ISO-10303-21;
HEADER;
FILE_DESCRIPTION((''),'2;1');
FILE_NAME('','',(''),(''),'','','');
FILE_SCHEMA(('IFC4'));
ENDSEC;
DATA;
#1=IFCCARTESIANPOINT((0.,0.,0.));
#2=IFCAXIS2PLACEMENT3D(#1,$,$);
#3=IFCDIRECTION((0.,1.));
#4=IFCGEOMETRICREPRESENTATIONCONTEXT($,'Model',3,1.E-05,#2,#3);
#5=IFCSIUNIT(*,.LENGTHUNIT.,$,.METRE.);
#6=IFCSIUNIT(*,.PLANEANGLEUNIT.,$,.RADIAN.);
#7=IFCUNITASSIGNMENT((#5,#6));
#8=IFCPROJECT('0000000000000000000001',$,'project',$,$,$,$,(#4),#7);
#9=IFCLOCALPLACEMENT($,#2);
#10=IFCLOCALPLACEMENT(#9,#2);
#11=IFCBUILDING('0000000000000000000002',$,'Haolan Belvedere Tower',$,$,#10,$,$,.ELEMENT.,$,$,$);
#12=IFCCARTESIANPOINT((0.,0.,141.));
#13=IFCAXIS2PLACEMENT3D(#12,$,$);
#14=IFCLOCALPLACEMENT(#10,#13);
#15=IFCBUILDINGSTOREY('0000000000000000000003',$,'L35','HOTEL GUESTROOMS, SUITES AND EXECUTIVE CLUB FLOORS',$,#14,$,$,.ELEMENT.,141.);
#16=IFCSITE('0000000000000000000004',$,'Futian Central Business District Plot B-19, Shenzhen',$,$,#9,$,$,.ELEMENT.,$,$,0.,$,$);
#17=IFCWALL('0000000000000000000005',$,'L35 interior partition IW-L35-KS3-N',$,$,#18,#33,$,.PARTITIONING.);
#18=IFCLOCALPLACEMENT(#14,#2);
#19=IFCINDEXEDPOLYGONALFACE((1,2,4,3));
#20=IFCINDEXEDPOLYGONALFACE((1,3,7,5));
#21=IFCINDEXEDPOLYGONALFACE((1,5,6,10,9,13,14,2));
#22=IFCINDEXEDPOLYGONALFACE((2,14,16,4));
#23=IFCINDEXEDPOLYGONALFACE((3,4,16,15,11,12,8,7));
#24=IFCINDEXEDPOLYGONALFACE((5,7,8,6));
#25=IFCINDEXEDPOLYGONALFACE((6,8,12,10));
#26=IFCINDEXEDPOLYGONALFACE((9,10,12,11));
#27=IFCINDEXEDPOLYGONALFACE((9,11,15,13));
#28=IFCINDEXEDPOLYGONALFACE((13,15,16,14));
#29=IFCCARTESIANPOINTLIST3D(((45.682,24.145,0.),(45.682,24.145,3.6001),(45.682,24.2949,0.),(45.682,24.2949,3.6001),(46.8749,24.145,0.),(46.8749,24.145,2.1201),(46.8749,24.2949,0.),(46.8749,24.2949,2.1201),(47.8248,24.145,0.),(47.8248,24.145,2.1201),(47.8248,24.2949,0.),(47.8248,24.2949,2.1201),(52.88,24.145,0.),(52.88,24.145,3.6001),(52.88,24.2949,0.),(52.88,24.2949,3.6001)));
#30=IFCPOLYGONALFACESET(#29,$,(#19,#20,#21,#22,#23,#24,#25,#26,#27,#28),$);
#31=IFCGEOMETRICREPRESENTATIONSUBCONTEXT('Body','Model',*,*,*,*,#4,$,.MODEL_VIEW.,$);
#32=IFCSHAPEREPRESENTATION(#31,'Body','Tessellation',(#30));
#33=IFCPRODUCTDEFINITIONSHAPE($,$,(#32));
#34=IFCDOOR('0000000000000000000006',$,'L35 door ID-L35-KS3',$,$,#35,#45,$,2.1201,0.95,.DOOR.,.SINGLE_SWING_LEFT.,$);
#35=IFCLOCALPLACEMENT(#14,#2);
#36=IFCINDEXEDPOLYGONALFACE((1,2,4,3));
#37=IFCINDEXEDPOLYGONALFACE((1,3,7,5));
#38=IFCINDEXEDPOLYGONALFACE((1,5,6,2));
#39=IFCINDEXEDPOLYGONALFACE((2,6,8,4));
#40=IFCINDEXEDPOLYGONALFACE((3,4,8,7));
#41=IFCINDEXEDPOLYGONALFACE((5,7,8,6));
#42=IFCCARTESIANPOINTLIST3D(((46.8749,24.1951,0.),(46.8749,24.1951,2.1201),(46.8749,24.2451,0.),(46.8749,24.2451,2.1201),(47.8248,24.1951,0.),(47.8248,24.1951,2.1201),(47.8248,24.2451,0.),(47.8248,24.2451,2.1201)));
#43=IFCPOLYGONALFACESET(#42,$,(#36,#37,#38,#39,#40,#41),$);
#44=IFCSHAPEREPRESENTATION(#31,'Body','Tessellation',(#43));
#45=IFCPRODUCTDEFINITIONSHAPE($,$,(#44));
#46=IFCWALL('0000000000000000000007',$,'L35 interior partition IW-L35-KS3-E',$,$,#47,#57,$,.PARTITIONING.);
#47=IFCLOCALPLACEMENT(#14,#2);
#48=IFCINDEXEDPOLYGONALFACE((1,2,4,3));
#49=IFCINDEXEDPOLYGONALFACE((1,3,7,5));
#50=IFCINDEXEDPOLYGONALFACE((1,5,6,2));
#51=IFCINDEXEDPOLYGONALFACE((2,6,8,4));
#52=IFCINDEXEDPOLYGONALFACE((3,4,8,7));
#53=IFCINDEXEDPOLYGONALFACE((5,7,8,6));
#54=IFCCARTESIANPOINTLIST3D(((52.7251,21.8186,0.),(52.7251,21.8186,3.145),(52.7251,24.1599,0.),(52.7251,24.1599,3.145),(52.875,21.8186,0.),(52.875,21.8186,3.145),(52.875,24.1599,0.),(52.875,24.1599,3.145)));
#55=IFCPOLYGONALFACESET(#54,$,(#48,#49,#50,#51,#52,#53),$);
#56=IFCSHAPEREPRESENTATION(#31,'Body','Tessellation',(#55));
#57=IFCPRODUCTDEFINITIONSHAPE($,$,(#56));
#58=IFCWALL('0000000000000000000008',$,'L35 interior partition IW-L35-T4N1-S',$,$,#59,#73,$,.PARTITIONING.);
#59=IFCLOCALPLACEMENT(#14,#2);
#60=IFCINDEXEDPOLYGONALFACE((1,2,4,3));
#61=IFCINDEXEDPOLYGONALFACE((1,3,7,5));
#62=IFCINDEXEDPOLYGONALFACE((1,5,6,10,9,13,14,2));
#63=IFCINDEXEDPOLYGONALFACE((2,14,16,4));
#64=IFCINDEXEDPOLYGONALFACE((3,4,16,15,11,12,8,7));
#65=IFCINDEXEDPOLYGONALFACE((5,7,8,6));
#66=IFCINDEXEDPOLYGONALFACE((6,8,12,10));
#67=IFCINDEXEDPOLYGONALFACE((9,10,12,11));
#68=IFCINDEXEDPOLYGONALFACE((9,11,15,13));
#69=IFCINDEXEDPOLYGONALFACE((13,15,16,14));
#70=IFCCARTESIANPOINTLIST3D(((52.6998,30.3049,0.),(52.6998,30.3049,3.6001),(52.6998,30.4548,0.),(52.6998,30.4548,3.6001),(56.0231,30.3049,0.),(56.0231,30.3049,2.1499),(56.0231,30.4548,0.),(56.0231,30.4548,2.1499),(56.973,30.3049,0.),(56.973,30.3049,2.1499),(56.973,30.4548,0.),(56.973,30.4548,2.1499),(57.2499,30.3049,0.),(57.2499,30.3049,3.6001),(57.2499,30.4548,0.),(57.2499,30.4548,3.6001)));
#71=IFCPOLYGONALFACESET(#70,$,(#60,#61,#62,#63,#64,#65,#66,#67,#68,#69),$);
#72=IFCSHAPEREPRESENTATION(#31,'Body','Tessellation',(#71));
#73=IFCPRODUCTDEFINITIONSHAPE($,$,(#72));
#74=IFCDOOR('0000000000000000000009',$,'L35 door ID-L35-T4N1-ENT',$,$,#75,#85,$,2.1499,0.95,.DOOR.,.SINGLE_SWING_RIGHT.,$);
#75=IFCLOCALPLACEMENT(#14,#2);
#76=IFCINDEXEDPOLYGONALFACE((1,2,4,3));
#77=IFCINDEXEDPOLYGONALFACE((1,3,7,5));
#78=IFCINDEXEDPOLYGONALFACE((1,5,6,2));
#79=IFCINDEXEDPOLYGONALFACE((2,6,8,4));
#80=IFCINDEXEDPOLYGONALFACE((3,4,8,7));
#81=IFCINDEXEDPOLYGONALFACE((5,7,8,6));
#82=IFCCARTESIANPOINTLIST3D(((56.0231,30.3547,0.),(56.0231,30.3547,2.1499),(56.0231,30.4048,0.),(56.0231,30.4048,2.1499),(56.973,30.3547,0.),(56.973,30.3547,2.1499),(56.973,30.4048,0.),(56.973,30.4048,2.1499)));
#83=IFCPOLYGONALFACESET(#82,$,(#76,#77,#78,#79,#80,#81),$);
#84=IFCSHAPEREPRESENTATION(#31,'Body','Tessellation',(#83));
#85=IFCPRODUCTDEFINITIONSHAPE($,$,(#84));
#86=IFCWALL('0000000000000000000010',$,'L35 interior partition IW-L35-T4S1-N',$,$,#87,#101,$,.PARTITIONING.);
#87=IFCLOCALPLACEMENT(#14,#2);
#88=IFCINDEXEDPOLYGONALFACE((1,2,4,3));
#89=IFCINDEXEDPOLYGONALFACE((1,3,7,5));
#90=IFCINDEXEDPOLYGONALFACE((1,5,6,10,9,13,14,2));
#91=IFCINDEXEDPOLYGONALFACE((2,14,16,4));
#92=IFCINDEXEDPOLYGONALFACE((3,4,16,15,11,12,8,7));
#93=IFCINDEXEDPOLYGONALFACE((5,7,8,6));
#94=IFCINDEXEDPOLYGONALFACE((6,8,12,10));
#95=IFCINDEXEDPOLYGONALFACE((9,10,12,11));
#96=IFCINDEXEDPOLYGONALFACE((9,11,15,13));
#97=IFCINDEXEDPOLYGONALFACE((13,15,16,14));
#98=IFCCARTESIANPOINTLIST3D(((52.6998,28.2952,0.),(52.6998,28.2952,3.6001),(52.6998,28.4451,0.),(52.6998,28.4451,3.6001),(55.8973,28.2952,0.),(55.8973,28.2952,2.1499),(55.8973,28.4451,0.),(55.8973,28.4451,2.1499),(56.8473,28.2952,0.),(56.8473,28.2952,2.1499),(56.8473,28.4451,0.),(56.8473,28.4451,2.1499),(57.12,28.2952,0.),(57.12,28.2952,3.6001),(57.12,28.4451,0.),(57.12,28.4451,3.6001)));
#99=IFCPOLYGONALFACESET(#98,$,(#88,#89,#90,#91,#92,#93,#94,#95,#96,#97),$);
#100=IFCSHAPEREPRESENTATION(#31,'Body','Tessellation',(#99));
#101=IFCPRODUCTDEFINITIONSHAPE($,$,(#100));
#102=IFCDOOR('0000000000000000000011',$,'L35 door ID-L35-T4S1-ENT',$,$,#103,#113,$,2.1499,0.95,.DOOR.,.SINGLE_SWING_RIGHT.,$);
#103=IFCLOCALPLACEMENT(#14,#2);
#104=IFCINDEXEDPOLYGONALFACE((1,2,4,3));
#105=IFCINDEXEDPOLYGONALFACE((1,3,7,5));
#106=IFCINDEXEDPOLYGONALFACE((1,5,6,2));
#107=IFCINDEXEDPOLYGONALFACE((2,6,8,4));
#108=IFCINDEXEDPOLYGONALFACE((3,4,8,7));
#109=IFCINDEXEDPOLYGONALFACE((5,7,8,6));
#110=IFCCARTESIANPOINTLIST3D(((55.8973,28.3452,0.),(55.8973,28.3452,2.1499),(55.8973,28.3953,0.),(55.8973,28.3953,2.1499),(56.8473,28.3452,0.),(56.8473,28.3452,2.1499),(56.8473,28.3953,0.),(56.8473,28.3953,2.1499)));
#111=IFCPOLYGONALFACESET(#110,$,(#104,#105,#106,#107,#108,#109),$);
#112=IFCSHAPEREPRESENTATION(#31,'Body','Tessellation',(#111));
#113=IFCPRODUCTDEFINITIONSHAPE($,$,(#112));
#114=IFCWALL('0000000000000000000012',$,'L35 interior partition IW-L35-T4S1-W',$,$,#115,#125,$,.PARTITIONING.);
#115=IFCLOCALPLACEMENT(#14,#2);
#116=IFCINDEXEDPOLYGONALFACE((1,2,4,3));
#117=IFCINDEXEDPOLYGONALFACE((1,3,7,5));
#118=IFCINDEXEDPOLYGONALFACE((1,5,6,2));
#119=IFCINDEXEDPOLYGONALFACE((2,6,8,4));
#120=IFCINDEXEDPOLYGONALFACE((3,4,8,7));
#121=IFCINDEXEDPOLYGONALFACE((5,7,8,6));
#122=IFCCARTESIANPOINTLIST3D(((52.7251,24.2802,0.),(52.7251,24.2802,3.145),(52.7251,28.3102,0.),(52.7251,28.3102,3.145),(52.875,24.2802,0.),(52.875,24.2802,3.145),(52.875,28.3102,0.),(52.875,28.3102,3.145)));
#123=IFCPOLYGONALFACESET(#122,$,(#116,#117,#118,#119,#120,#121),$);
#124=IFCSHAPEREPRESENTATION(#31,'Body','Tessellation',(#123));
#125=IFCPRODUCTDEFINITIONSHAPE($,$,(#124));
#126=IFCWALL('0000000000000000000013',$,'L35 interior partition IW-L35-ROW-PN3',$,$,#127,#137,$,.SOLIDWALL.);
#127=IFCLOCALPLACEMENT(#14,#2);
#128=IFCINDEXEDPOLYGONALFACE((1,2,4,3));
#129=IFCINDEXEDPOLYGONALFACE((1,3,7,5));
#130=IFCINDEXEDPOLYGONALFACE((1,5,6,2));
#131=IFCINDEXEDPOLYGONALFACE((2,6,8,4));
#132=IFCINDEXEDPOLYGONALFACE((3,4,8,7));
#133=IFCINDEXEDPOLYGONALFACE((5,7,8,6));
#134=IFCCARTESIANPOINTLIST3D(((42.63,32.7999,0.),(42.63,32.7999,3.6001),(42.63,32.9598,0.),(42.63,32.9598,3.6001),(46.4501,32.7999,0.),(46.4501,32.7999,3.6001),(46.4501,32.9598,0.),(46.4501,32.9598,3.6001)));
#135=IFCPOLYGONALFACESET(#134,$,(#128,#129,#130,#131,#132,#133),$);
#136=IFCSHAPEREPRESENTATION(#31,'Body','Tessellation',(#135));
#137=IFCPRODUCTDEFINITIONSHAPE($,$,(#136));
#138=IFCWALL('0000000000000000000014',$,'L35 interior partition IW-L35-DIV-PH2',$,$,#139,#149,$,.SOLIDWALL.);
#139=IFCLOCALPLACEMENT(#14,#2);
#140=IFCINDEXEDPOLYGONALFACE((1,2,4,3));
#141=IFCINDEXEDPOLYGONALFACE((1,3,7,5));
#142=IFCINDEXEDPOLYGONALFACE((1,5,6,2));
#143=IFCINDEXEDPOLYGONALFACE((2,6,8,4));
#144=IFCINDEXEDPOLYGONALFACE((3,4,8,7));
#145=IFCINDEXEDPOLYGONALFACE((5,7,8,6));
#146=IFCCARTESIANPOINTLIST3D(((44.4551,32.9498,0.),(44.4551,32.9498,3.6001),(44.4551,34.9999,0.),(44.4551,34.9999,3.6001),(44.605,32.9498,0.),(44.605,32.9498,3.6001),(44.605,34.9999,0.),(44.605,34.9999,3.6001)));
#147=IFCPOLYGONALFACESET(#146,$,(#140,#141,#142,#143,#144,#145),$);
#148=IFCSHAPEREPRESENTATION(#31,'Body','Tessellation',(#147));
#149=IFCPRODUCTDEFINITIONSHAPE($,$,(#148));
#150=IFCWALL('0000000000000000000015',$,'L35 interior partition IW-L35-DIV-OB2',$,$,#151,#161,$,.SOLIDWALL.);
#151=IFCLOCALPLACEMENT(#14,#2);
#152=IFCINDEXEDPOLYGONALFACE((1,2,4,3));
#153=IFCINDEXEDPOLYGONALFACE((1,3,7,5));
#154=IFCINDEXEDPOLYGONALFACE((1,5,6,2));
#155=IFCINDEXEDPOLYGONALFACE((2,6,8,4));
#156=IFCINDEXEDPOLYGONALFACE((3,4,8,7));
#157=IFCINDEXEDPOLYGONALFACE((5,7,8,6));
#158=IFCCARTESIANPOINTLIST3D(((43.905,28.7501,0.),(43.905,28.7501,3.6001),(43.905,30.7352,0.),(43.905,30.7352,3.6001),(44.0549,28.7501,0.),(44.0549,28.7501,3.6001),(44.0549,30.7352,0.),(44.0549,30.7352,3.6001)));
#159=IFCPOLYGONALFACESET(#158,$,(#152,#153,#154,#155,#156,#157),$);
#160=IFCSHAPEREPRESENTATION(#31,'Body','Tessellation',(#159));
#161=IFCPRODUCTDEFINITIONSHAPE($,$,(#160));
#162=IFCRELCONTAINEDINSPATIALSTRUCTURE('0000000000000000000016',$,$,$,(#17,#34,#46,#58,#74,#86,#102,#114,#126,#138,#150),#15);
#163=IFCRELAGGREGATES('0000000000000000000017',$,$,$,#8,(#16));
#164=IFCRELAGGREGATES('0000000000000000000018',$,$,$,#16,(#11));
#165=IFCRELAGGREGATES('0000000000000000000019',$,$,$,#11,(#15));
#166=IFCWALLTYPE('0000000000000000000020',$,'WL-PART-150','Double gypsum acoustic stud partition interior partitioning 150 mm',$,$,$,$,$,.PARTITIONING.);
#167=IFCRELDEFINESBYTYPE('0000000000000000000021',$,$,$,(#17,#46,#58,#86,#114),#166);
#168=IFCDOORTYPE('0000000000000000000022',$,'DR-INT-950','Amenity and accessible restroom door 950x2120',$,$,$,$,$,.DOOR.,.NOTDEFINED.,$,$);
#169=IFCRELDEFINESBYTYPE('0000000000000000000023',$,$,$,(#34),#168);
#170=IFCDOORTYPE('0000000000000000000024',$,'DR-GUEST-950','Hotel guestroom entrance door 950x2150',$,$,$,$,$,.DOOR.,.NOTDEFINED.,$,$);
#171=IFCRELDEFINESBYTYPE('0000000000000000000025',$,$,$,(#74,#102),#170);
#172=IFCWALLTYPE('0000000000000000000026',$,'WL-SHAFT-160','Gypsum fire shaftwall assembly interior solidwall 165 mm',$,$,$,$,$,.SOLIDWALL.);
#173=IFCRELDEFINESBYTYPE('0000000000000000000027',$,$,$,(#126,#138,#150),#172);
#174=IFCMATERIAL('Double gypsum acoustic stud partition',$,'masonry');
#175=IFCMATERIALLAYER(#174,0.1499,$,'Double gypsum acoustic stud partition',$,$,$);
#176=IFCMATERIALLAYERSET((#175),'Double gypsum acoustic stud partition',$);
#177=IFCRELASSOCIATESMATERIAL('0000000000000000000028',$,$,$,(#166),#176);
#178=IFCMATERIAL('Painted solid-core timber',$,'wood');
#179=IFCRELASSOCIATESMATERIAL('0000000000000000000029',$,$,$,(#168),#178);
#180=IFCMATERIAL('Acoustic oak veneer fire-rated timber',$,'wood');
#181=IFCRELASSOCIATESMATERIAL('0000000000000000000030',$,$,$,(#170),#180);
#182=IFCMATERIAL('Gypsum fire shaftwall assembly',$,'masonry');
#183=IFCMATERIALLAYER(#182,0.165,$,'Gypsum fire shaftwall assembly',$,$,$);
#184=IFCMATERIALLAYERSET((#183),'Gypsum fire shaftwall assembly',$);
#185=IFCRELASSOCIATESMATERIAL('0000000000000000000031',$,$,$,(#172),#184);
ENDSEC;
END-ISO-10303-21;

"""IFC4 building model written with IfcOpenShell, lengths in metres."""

from ifc_helpers import new_model, si_unit, direction, frame, frame_2d, origin, place, context, subcontext, project, spatial, rectangle, extrude, material, layer, layer_set, type_object, element, fill, save


model = new_model("IFC4")

# Units and contexts
model_context = context("Model", 3, precision=1e-05, world=origin(), true_north=direction((0.0, 1.0)))
body_context = subcontext(model_context, "Body", "Model", "MODEL_VIEW")
ifc_project = project(units=[si_unit("LENGTHUNIT", "METRE"), si_unit("PLANEANGLEUNIT", "RADIAN")], contexts=[model_context])

# Site, building, storey
site_placement = place(None, origin())
site = spatial("IfcSite", under=ifc_project, at=site_placement, Name="Futian Central Business District Plot B-19, Shenzhen", CompositionType="ELEMENT", RefElevation=0.0)
building_placement = place(site_placement, origin())
building = spatial("IfcBuilding", under=site, at=building_placement, Name="Haolan Belvedere Tower", CompositionType="ELEMENT")
storey_placement = place(building_placement, frame((0.0, 0.0, 141.0)))
storey = spatial("IfcBuildingStorey", under=building, at=storey_placement, Name="L35", Description="HOTEL GUESTROOMS, SUITES AND EXECUTIVE CLUB FLOORS", CompositionType="ELEMENT", Elevation=141.0)

# Shared definitions
ifc_material_1 = material(Name="Double gypsum acoustic stud partition", Category="masonry")
ifc_layer_1 = layer(ifc_material_1, 0.1499, Name="Double gypsum acoustic stud partition")
ifc_layer_set_1 = layer_set([ifc_layer_1], Name="Double gypsum acoustic stud partition")
wall_type_1 = type_object("IfcWallType", Name="WL-PART-150", Description="Double gypsum acoustic stud partition interior partitioning 150 mm", PredefinedType="PARTITIONING", material=ifc_layer_set_1)

# Wall, opening, door
wall_1_placement = place(storey_placement, frame((45.6819, 24.22, 0.0), z_axis=(0.0, 0.0, 1.0), x_axis=(1.0, 0.0, 0.0)))
wall_1 = element("IfcWall", 1, at=wall_1_placement, inside=storey, type_object=wall_type_1, Name="L35 interior partition IW-L35-KS3-N", PredefinedType="PARTITIONING", context=body_context, shape_type="SweptSolid", body=[
    extrude(rectangle(XDim=7.198, YDim=0.1499, at=frame_2d((3.5991, 0.0))), origin(), (0.0, 0.0, 1.0), 3.6001),
])
opening_1_placement = place(wall_1_placement, frame((2.1431, 0.0, 0.0), z_axis=(0.0, 0.0, 1.0), x_axis=(-1.0, 0.0, 0.0)))
opening_1 = element("IfcOpeningElement", 2, at=opening_1_placement, cuts=wall_1, PredefinedType="OPENING", context=body_context, shape_type="SweptSolid", body=[
    extrude(rectangle(XDim=0.95, YDim=2.1201, at=frame_2d((0.4751, 1.0601))), frame((0.0, 0.085, 0.0), z_axis=(0.0, -1.0, 0.0), x_axis=(1.0, 0.0, 0.0)), (0.0, 0.0, 1.0), 0.1699),
])
ifc_material_2 = material(Name="Painted solid-core timber", Category="wood")
door_type_1 = type_object("IfcDoorType", Name="DR-INT-950", Description="Amenity and accessible restroom door 950x2120", OperationType="NOTDEFINED", PredefinedType="DOOR", material=ifc_material_2)
door_1_placement = place(opening_1_placement, origin())
door_1 = element("IfcDoor", 3, at=door_1_placement, inside=storey, type_object=door_type_1, Name="L35 door ID-L35-KS3", OperationType="SINGLE_SWING_LEFT", OverallHeight=2.1201, OverallWidth=0.95, PredefinedType="DOOR", context=body_context, shape_type="SweptSolid", body=[
    extrude(rectangle(XDim=0.95, YDim=2.1201, at=frame_2d((0.4751, 1.0601))), frame((0.0, 0.0249, 0.0), z_axis=(0.0, -1.0, 0.0), x_axis=(1.0, 0.0, 0.0)), (0.0, 0.0, 1.0), 0.05),
])
fill(opening_1, door_1)

# Wall
wall_2_placement = place(storey_placement, frame((52.8, 21.8186, 0.0), z_axis=(0.0, 0.0, 1.0), x_axis=(0.0, 1.0, 0.0)))
element("IfcWall", 4, at=wall_2_placement, inside=storey, type_object=wall_type_1, Name="L35 interior partition IW-L35-KS3-E", PredefinedType="PARTITIONING", context=body_context, shape_type="SweptSolid", body=[
    extrude(rectangle(XDim=2.3413, YDim=0.1499, at=frame_2d((1.1707, 0.0))), origin(), (0.0, 0.0, 1.0), 3.145),
])

# Walls, openings, doors
wall_3_placement = place(storey_placement, frame((52.7, 30.3799, 0.0), z_axis=(0.0, 0.0, 1.0), x_axis=(1.0, 0.0, 0.0)))
wall_3 = element("IfcWall", 5, at=wall_3_placement, inside=storey, type_object=wall_type_1, Name="L35 interior partition IW-L35-T4N1-S", PredefinedType="PARTITIONING", context=body_context, shape_type="SweptSolid", body=[
    extrude(rectangle(XDim=4.55, YDim=0.1499, at=frame_2d((2.2749, 0.0))), origin(), (0.0, 0.0, 1.0), 3.6001),
])
opening_2_placement = place(wall_3_placement, frame((3.323, 0.0, 0.0)))
opening_2 = element("IfcOpeningElement", 6, at=opening_2_placement, cuts=wall_3, PredefinedType="OPENING", context=body_context, shape_type="SweptSolid", body=[
    extrude(rectangle(XDim=0.95, YDim=2.1499, at=frame_2d((0.4751, 1.075))), frame((0.0, 0.085, 0.0), z_axis=(0.0, -1.0, 0.0), x_axis=(1.0, 0.0, 0.0)), (0.0, 0.0, 1.0), 0.1699),
])
ifc_material_3 = material(Name="Acoustic oak veneer fire-rated timber", Category="wood")
door_type_2 = type_object("IfcDoorType", Name="DR-GUEST-950", Description="Hotel guestroom entrance door 950x2150", OperationType="NOTDEFINED", PredefinedType="DOOR", material=ifc_material_3)
door_2_placement = place(opening_2_placement, origin())
door_2 = element("IfcDoor", 7, at=door_2_placement, inside=storey, type_object=door_type_2, Name="L35 door ID-L35-T4N1-ENT", OperationType="SINGLE_SWING_RIGHT", OverallHeight=2.1499, OverallWidth=0.95, PredefinedType="DOOR", context=body_context, shape_type="SweptSolid", body=[
    extrude(rectangle(XDim=0.95, YDim=2.1499, at=frame_2d((0.4751, 1.075))), frame((0.0, 0.0249, 0.0), z_axis=(0.0, -1.0, 0.0), x_axis=(1.0, 0.0, 0.0)), (0.0, 0.0, 1.0), 0.05),
])
fill(opening_2, door_2)
wall_4_placement = place(storey_placement, frame((52.7, 28.3701, 0.0), z_axis=(0.0, 0.0, 1.0), x_axis=(1.0, 0.0, 0.0)))
wall_4 = element("IfcWall", 8, at=wall_4_placement, inside=storey, type_object=wall_type_1, Name="L35 interior partition IW-L35-T4S1-N", PredefinedType="PARTITIONING", context=body_context, shape_type="SweptSolid", body=[
    extrude(rectangle(XDim=4.4202, YDim=0.1499, at=frame_2d((2.21, 0.0))), origin(), (0.0, 0.0, 1.0), 3.6001),
])
opening_3_placement = place(wall_4_placement, frame((4.1475, 0.0, 0.0), z_axis=(0.0, 0.0, 1.0), x_axis=(-1.0, 0.0, 0.0)))
opening_3 = element("IfcOpeningElement", 9, at=opening_3_placement, cuts=wall_4, PredefinedType="OPENING", context=body_context, shape_type="SweptSolid", body=[
    extrude(rectangle(XDim=0.95, YDim=2.1499, at=frame_2d((0.4751, 1.075))), frame((0.0, 0.085, 0.0), z_axis=(0.0, -1.0, 0.0), x_axis=(1.0, 0.0, 0.0)), (0.0, 0.0, 1.0), 0.1699),
])
door_3_placement = place(opening_3_placement, origin())
door_3 = element("IfcDoor", 10, at=door_3_placement, inside=storey, type_object=door_type_2, Name="L35 door ID-L35-T4S1-ENT", OperationType="SINGLE_SWING_RIGHT", OverallHeight=2.1499, OverallWidth=0.95, PredefinedType="DOOR", context=body_context, shape_type="SweptSolid", body=[
    extrude(rectangle(XDim=0.95, YDim=2.1499, at=frame_2d((0.4751, 1.075))), frame((0.0, 0.0249, 0.0), z_axis=(0.0, -1.0, 0.0), x_axis=(1.0, 0.0, 0.0)), (0.0, 0.0, 1.0), 0.05),
])
fill(opening_3, door_3)

# Walls
wall_5_placement = place(storey_placement, frame((52.8, 24.28, 0.0), z_axis=(0.0, 0.0, 1.0), x_axis=(0.0, 1.0, 0.0)))
element("IfcWall", 11, at=wall_5_placement, inside=storey, type_object=wall_type_1, Name="L35 interior partition IW-L35-T4S1-W", PredefinedType="PARTITIONING", context=body_context, shape_type="SweptSolid", body=[
    extrude(rectangle(XDim=4.03, YDim=0.1499, at=frame_2d((2.0151, 0.0))), origin(), (0.0, 0.0, 1.0), 3.145),
])
ifc_material_4 = material(Name="Gypsum fire shaftwall assembly", Category="masonry")
ifc_layer_2 = layer(ifc_material_4, 0.165, Name="Gypsum fire shaftwall assembly")
ifc_layer_set_2 = layer_set([ifc_layer_2], Name="Gypsum fire shaftwall assembly")
wall_type_2 = type_object("IfcWallType", Name="WL-SHAFT-160", Description="Gypsum fire shaftwall assembly interior solidwall 165 mm", PredefinedType="SOLIDWALL", material=ifc_layer_set_2)
wall_6_placement = place(storey_placement, frame((42.6299, 32.8799, 0.0), z_axis=(0.0, 0.0, 1.0), x_axis=(1.0, 0.0, 0.0)))
element("IfcWall", 12, at=wall_6_placement, inside=storey, type_object=wall_type_2, Name="L35 interior partition IW-L35-ROW-PN3", PredefinedType="SOLIDWALL", context=body_context, shape_type="SweptSolid", body=[
    extrude(rectangle(XDim=3.8201, YDim=0.1599, at=frame_2d((1.9102, 0.0))), origin(), (0.0, 0.0, 1.0), 3.6001),
])
wall_7_placement = place(storey_placement, frame((44.53, 32.95, 0.0), z_axis=(0.0, 0.0, 1.0), x_axis=(0.0, 1.0, 0.0)))
element("IfcWall", 13, at=wall_7_placement, inside=storey, type_object=wall_type_2, Name="L35 interior partition IW-L35-DIV-PH2", PredefinedType="SOLIDWALL", context=body_context, shape_type="SweptSolid", body=[
    extrude(rectangle(XDim=2.05, YDim=0.1499, at=frame_2d((1.0249, 0.0))), origin(), (0.0, 0.0, 1.0), 3.6001),
])
wall_8_placement = place(storey_placement, frame((43.98, 28.75, 0.0), z_axis=(0.0, 0.0, 1.0), x_axis=(0.0, 1.0, 0.0)))
element("IfcWall", 14, at=wall_8_placement, inside=storey, type_object=wall_type_2, Name="L35 interior partition IW-L35-DIV-OB2", PredefinedType="SOLIDWALL", context=body_context, shape_type="SweptSolid", body=[
    extrude(rectangle(XDim=1.9851, YDim=0.1499, at=frame_2d((0.9927, 0.0))), origin(), (0.0, 0.0, 1.0), 3.6001),
])

save(model, "model.ifc")
